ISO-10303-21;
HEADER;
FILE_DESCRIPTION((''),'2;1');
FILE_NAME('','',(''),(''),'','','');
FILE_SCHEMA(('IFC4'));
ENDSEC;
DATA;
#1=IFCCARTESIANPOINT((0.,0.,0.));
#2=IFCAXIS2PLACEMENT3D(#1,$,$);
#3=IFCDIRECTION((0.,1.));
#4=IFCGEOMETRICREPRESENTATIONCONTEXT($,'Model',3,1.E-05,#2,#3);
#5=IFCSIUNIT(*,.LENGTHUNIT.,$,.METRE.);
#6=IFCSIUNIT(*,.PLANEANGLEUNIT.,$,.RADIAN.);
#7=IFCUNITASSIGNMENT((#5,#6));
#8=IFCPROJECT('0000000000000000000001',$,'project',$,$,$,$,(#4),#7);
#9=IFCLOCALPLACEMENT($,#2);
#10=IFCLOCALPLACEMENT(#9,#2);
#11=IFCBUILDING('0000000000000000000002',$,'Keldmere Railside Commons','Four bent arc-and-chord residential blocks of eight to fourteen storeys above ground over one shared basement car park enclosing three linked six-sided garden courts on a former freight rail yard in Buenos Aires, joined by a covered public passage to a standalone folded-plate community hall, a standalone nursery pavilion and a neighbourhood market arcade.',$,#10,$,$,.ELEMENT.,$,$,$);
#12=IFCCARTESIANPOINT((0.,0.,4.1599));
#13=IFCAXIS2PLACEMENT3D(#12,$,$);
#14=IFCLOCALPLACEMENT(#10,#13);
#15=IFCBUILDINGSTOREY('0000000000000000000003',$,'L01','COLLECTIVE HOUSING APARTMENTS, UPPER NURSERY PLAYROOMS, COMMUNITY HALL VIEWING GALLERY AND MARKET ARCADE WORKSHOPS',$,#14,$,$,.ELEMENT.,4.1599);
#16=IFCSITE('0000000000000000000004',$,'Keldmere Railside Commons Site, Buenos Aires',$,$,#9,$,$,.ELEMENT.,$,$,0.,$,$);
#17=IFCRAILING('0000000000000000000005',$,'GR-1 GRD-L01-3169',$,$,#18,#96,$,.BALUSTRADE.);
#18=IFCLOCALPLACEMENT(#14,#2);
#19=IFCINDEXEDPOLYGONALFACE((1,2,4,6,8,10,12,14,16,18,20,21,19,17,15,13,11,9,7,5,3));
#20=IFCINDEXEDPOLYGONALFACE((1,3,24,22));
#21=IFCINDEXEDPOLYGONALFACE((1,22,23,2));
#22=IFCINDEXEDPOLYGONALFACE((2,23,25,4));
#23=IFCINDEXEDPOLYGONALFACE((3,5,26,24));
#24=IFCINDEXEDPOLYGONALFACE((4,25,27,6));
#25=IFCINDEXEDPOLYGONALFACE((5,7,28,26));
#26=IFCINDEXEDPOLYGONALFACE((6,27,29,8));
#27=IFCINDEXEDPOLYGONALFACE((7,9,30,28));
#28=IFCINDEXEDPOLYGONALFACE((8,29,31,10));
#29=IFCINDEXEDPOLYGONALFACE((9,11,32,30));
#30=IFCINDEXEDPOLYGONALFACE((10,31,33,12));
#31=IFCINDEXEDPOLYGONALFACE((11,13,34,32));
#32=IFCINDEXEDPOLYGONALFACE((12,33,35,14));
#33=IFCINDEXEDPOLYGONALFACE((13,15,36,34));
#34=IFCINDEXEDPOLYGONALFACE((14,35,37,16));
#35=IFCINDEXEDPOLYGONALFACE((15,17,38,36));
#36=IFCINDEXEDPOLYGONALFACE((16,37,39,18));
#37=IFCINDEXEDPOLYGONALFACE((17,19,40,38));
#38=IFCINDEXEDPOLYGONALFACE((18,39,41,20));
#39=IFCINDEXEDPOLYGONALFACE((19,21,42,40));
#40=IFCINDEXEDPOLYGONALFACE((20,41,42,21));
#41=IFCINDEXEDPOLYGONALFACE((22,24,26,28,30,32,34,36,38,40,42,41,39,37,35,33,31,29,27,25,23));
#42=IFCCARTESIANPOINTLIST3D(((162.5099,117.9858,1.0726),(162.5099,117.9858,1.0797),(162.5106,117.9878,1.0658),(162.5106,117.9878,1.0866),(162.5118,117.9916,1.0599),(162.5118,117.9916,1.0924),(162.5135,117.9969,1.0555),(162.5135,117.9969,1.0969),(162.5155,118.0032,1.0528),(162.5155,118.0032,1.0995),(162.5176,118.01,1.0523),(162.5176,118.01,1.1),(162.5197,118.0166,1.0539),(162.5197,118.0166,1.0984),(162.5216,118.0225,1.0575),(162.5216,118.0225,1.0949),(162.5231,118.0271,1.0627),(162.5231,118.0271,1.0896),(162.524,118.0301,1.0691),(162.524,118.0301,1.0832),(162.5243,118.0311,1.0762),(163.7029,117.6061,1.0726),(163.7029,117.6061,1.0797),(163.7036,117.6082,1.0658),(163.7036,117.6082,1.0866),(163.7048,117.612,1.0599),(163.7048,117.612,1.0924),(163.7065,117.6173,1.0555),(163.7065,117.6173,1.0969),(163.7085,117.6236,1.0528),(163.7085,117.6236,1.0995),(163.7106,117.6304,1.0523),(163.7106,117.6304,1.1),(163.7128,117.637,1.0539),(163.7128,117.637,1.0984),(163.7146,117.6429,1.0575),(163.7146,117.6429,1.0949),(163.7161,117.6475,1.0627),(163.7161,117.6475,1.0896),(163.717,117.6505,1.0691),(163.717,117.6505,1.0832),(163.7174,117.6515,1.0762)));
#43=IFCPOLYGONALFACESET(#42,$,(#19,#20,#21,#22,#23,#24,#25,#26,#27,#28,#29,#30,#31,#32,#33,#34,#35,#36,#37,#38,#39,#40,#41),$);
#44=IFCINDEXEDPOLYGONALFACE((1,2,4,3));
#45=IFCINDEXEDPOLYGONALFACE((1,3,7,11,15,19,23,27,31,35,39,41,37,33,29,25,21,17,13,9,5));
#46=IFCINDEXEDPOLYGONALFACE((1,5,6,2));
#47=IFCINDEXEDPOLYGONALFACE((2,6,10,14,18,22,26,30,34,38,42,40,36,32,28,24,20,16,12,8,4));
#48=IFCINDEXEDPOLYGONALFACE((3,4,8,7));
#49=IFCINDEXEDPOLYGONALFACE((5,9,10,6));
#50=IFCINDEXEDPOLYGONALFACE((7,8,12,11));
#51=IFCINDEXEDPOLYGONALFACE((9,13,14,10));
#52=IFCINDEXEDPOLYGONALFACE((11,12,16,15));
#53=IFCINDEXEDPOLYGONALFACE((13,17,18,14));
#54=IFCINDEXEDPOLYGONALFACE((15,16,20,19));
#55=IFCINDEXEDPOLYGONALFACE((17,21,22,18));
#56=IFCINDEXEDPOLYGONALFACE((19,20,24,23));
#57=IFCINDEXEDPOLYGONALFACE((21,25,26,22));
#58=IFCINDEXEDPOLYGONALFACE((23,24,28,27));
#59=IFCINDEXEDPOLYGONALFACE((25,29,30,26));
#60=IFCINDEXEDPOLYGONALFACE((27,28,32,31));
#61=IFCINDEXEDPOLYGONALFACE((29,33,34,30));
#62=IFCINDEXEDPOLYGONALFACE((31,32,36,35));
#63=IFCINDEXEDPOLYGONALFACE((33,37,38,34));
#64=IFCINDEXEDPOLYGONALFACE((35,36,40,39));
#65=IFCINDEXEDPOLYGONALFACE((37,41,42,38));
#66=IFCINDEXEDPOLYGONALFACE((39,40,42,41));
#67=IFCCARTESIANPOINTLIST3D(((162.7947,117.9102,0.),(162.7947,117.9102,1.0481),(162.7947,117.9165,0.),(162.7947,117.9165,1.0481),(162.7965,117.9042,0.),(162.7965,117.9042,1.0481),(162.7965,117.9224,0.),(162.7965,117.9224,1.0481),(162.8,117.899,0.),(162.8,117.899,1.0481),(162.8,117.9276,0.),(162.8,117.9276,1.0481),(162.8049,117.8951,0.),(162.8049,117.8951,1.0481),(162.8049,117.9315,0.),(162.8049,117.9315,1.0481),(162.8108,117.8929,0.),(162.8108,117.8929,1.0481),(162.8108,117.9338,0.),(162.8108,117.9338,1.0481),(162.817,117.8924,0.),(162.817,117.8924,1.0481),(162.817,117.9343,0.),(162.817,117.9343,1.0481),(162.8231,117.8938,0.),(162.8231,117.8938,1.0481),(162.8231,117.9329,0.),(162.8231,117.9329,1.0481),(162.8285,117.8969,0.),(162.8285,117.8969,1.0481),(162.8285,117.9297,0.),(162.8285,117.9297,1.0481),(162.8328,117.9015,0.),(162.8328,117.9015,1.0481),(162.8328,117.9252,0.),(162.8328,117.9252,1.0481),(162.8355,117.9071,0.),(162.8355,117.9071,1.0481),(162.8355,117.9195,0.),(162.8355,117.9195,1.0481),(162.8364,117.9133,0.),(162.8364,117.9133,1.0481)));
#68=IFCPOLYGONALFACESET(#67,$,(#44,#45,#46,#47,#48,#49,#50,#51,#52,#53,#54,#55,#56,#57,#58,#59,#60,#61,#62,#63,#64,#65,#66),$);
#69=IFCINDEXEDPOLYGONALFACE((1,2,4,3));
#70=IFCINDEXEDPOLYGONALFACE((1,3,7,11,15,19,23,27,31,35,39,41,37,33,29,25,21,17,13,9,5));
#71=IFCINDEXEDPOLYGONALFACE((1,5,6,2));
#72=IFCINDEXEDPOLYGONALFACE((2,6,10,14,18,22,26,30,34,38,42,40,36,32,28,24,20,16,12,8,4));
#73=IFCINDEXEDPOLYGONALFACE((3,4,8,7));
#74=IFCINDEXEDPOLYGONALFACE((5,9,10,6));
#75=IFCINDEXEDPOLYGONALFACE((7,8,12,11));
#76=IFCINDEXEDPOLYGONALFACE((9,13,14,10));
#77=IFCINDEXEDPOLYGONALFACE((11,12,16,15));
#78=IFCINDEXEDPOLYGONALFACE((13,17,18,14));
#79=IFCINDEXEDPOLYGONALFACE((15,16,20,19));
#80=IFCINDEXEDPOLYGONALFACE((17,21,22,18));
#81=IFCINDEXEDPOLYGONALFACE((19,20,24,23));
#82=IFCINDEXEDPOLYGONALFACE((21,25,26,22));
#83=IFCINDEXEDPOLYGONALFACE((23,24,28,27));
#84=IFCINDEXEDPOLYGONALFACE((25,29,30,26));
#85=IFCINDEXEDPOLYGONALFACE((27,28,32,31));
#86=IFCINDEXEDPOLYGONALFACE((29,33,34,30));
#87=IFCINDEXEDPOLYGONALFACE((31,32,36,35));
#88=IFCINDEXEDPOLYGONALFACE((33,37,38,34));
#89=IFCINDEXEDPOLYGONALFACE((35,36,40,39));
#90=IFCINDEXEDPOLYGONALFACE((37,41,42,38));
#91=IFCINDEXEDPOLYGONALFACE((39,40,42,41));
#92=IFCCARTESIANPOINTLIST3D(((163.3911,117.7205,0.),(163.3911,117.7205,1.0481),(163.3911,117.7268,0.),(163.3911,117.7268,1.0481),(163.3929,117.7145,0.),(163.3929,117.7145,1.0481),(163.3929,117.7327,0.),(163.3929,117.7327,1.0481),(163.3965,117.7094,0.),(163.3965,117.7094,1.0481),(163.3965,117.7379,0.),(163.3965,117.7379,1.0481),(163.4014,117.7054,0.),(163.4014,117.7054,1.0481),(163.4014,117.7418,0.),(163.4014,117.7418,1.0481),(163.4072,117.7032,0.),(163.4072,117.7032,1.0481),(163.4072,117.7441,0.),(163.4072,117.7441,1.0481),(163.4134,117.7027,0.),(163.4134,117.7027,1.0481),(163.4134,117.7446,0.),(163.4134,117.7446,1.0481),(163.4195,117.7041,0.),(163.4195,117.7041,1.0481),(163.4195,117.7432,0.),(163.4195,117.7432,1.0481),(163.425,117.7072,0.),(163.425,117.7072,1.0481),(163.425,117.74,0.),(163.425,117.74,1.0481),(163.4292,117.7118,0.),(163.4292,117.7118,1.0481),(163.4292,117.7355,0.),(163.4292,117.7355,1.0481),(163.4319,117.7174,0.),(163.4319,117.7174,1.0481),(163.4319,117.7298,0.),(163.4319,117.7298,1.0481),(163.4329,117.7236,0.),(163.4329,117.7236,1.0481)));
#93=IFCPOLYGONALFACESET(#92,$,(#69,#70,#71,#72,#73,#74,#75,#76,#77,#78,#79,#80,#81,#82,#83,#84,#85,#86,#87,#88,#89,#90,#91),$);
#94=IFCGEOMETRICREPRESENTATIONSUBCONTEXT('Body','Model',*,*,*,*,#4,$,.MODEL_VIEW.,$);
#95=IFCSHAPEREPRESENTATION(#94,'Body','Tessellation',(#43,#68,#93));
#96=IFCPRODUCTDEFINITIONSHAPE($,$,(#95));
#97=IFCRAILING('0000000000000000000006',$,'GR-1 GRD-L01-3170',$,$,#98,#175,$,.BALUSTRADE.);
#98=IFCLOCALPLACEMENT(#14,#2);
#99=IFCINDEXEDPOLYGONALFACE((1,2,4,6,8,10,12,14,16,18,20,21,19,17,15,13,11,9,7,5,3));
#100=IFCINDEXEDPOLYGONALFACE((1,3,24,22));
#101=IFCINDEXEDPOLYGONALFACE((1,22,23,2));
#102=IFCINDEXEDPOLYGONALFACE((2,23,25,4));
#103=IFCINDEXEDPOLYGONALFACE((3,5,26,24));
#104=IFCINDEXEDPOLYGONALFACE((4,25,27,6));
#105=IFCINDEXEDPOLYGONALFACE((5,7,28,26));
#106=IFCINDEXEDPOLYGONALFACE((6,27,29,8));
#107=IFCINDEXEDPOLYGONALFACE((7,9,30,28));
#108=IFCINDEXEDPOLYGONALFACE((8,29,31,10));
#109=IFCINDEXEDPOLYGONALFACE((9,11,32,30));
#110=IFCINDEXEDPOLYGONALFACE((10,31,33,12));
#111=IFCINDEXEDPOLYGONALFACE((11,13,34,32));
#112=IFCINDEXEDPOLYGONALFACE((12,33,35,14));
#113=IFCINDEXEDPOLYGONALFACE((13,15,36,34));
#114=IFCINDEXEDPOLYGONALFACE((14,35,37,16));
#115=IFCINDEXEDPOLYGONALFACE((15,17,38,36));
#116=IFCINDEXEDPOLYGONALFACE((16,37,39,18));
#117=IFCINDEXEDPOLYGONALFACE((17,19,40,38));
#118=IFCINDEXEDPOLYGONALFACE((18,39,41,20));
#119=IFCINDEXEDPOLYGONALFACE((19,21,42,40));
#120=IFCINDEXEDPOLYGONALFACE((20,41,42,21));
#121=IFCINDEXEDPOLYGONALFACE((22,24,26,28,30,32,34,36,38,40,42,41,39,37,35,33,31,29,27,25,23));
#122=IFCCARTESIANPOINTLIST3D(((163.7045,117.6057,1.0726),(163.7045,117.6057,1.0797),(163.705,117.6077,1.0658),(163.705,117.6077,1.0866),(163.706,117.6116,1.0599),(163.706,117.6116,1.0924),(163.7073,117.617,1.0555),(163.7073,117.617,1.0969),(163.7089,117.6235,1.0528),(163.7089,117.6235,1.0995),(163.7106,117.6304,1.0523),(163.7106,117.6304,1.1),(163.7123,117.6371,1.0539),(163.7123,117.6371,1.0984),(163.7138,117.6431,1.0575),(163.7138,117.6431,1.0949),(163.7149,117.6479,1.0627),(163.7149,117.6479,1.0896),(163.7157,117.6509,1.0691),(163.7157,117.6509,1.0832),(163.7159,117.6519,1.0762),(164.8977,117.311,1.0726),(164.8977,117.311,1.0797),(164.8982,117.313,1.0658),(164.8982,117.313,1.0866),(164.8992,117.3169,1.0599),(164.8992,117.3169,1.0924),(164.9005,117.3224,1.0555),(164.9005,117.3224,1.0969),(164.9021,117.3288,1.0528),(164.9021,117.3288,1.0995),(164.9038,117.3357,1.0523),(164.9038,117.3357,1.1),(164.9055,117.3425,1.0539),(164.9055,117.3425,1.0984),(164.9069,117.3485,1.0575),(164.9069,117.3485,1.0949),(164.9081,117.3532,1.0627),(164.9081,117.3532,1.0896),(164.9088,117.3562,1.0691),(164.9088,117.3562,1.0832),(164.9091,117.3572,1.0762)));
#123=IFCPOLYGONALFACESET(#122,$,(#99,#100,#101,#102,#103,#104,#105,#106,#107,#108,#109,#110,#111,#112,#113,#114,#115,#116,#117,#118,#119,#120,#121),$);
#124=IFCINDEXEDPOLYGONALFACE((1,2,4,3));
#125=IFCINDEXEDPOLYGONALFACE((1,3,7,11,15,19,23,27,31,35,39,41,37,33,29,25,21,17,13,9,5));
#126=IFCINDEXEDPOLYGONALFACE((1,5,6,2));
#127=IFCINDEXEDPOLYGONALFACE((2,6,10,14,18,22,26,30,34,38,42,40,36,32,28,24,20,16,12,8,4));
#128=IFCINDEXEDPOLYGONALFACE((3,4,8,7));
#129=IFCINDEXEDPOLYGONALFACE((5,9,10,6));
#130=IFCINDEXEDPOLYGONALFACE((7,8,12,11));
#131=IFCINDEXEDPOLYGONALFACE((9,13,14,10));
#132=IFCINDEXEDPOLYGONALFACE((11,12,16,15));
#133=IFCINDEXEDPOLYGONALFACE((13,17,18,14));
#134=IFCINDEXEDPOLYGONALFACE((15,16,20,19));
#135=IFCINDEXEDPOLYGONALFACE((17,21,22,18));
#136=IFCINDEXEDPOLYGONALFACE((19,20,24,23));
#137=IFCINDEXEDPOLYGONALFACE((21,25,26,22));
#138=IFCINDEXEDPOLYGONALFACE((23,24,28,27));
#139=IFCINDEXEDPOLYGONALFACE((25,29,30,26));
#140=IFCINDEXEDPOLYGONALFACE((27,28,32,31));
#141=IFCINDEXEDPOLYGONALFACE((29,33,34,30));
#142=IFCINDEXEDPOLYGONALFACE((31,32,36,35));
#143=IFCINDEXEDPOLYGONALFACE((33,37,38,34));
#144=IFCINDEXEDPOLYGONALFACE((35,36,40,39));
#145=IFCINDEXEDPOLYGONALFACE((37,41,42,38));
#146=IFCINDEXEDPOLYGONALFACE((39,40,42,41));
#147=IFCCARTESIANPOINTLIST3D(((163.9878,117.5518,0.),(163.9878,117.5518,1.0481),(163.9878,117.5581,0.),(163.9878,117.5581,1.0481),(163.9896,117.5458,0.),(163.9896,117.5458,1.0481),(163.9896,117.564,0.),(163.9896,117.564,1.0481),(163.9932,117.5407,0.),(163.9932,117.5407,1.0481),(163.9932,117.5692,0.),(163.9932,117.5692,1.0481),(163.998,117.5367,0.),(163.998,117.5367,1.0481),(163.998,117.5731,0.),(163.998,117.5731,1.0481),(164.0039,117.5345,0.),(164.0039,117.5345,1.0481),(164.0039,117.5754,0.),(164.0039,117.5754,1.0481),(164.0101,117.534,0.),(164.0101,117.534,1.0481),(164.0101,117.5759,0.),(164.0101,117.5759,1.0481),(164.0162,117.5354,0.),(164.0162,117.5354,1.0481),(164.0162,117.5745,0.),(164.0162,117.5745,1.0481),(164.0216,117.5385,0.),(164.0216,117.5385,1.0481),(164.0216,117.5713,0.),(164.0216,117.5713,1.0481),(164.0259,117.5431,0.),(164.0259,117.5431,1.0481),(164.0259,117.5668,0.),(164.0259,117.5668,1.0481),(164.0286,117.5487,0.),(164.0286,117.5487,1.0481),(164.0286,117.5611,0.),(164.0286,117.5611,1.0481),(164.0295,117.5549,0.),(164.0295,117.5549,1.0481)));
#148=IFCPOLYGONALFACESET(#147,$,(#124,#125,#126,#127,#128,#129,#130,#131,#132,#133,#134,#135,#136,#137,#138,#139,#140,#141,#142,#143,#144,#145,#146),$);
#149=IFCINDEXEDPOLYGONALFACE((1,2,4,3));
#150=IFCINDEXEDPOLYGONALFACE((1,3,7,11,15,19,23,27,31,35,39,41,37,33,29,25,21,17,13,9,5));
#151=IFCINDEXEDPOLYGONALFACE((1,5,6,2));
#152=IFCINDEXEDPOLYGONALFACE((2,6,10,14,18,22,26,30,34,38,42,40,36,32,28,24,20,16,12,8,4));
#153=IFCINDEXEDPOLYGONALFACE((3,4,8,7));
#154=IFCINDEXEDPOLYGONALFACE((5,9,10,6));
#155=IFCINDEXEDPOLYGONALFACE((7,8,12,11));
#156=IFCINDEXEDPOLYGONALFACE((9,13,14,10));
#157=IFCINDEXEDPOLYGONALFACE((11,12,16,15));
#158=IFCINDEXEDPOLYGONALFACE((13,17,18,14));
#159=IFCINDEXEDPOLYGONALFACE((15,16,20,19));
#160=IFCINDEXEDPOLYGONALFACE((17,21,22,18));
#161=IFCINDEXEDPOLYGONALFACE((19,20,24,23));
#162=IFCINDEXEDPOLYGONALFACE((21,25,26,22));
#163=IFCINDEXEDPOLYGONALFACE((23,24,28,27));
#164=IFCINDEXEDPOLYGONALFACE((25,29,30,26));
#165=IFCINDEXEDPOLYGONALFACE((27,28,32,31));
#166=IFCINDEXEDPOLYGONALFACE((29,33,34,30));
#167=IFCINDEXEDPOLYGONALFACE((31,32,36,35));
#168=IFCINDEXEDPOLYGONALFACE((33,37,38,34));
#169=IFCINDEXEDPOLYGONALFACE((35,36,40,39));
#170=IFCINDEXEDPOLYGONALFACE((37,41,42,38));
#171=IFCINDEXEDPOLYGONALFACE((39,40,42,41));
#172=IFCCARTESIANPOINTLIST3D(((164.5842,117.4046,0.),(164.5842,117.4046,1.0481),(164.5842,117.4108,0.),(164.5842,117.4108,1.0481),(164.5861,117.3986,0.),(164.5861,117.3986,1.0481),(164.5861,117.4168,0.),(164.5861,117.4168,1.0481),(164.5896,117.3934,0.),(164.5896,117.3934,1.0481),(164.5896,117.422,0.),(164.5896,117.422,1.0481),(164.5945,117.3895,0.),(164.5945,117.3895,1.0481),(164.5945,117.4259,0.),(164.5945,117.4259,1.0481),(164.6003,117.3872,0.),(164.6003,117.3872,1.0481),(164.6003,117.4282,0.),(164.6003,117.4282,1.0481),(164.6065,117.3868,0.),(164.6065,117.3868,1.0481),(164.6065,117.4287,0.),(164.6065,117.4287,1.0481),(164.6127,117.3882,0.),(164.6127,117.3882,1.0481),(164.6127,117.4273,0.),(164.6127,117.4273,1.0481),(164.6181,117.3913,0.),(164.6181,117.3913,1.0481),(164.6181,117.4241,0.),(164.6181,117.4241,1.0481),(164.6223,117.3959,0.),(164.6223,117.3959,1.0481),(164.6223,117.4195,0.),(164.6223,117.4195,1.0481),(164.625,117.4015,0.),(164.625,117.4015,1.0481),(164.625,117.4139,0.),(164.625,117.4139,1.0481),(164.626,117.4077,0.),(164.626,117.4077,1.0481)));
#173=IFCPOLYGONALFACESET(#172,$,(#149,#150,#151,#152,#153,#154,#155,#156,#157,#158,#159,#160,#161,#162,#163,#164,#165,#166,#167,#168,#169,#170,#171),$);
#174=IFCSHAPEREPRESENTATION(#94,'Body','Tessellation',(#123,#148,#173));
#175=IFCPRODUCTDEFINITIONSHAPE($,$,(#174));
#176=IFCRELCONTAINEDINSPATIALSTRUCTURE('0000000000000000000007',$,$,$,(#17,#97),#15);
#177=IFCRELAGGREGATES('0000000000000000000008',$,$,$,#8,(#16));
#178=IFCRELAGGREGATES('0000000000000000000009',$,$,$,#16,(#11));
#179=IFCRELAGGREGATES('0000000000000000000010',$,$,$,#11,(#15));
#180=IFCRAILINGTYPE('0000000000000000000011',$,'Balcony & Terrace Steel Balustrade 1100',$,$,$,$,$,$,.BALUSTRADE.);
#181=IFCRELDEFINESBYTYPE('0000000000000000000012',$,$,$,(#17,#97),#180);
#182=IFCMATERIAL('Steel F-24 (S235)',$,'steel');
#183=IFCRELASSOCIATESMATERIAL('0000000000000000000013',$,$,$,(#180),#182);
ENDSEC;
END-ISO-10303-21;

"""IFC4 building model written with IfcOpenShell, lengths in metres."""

from ifc_helpers import new_model, si_unit, direction, frame, origin, origin_2d, place, context, subcontext, project, spatial, circle, extrude, material, type_object, element, save


model = new_model("IFC4")

# Units and contexts
model_context = context("Model", 3, precision=1e-05, world=origin(), true_north=direction((0.0, 1.0)))
body_context = subcontext(model_context, "Body", "Model", "MODEL_VIEW")
ifc_project = project(units=[si_unit("LENGTHUNIT", "METRE"), si_unit("PLANEANGLEUNIT", "RADIAN")], contexts=[model_context])

# Site, building, storey
site_placement = place(None, origin())
site = spatial("IfcSite", under=ifc_project, at=site_placement, Name="Keldmere Railside Commons Site, Buenos Aires", CompositionType="ELEMENT", RefElevation=0.0)
building_placement = place(site_placement, origin())
building = spatial("IfcBuilding", under=site, at=building_placement, Name="Keldmere Railside Commons", Description="Four bent arc-and-chord residential blocks of eight to fourteen storeys above ground over one shared basement car park enclosing three linked six-sided garden courts on a former freight rail yard in Buenos Aires, joined by a covered public passage to a standalone folded-plate community hall, a standalone nursery pavilion and a neighbourhood market arcade.", CompositionType="ELEMENT")
storey_placement = place(building_placement, frame((0.0, 0.0, 4.1599)))
storey = spatial("IfcBuildingStorey", under=building, at=storey_placement, Name="L01", Description="COLLECTIVE HOUSING APARTMENTS, UPPER NURSERY PLAYROOMS, COMMUNITY HALL VIEWING GALLERY AND MARKET ARCADE WORKSHOPS", CompositionType="ELEMENT", Elevation=4.1599)

# Railings
ifc_material_1 = material(Name="Steel F-24 (S235)", Category="steel")
railing_type = type_object("IfcRailingType", Name="Balcony & Terrace Steel Balustrade 1100", PredefinedType="BALUSTRADE", material=ifc_material_1)
railing_1_placement = place(storey_placement, frame((162.5171, 118.0083, 0.0)))
element("IfcRailing", 1, at=railing_1_placement, inside=storey, type_object=railing_type, Name="GR-1 GRD-L01-3169", PredefinedType="BALUSTRADE", context=body_context, shape_type="SweptSolid", body=[
    extrude(circle(Radius=0.0239, at=origin_2d()), frame((0.0, 0.0, 1.0762), z_axis=(0.952923, -0.303212, 0.0), x_axis=(0.303212, 0.952923, 0.0)), (0.0, 0.0, 1.0), 1.252),
    extrude(circle(Radius=0.021, at=origin_2d()), frame((0.2983, -0.095, 0.0)), (0.0, 0.0, 1.0), 1.0481),
    extrude(circle(Radius=0.021, at=origin_2d()), frame((0.8948, -0.2847, 0.0)), (0.0, 0.0, 1.0), 1.0481),
])
railing_2_placement = place(storey_placement, frame((163.7102, 117.6287, 0.0)))
element("IfcRailing", 2, at=railing_2_placement, inside=storey, type_object=railing_type, Name="GR-1 GRD-L01-3170", PredefinedType="BALUSTRADE", context=body_context, shape_type="SweptSolid", body=[
    extrude(circle(Radius=0.0239, at=origin_2d()), frame((0.0, 0.0, 1.0762), z_axis=(0.970828, -0.239777, 0.0), x_axis=(0.239777, 0.970828, 0.0)), (0.0, 0.0, 1.0), 1.229),
    extrude(circle(Radius=0.021, at=origin_2d()), frame((0.2983, -0.0737, 0.0)), (0.0, 0.0, 1.0), 1.0481),
    extrude(circle(Radius=0.021, at=origin_2d()), frame((0.8948, -0.2209, 0.0)), (0.0, 0.0, 1.0), 1.0481),
])

save(model, "model.ifc")
